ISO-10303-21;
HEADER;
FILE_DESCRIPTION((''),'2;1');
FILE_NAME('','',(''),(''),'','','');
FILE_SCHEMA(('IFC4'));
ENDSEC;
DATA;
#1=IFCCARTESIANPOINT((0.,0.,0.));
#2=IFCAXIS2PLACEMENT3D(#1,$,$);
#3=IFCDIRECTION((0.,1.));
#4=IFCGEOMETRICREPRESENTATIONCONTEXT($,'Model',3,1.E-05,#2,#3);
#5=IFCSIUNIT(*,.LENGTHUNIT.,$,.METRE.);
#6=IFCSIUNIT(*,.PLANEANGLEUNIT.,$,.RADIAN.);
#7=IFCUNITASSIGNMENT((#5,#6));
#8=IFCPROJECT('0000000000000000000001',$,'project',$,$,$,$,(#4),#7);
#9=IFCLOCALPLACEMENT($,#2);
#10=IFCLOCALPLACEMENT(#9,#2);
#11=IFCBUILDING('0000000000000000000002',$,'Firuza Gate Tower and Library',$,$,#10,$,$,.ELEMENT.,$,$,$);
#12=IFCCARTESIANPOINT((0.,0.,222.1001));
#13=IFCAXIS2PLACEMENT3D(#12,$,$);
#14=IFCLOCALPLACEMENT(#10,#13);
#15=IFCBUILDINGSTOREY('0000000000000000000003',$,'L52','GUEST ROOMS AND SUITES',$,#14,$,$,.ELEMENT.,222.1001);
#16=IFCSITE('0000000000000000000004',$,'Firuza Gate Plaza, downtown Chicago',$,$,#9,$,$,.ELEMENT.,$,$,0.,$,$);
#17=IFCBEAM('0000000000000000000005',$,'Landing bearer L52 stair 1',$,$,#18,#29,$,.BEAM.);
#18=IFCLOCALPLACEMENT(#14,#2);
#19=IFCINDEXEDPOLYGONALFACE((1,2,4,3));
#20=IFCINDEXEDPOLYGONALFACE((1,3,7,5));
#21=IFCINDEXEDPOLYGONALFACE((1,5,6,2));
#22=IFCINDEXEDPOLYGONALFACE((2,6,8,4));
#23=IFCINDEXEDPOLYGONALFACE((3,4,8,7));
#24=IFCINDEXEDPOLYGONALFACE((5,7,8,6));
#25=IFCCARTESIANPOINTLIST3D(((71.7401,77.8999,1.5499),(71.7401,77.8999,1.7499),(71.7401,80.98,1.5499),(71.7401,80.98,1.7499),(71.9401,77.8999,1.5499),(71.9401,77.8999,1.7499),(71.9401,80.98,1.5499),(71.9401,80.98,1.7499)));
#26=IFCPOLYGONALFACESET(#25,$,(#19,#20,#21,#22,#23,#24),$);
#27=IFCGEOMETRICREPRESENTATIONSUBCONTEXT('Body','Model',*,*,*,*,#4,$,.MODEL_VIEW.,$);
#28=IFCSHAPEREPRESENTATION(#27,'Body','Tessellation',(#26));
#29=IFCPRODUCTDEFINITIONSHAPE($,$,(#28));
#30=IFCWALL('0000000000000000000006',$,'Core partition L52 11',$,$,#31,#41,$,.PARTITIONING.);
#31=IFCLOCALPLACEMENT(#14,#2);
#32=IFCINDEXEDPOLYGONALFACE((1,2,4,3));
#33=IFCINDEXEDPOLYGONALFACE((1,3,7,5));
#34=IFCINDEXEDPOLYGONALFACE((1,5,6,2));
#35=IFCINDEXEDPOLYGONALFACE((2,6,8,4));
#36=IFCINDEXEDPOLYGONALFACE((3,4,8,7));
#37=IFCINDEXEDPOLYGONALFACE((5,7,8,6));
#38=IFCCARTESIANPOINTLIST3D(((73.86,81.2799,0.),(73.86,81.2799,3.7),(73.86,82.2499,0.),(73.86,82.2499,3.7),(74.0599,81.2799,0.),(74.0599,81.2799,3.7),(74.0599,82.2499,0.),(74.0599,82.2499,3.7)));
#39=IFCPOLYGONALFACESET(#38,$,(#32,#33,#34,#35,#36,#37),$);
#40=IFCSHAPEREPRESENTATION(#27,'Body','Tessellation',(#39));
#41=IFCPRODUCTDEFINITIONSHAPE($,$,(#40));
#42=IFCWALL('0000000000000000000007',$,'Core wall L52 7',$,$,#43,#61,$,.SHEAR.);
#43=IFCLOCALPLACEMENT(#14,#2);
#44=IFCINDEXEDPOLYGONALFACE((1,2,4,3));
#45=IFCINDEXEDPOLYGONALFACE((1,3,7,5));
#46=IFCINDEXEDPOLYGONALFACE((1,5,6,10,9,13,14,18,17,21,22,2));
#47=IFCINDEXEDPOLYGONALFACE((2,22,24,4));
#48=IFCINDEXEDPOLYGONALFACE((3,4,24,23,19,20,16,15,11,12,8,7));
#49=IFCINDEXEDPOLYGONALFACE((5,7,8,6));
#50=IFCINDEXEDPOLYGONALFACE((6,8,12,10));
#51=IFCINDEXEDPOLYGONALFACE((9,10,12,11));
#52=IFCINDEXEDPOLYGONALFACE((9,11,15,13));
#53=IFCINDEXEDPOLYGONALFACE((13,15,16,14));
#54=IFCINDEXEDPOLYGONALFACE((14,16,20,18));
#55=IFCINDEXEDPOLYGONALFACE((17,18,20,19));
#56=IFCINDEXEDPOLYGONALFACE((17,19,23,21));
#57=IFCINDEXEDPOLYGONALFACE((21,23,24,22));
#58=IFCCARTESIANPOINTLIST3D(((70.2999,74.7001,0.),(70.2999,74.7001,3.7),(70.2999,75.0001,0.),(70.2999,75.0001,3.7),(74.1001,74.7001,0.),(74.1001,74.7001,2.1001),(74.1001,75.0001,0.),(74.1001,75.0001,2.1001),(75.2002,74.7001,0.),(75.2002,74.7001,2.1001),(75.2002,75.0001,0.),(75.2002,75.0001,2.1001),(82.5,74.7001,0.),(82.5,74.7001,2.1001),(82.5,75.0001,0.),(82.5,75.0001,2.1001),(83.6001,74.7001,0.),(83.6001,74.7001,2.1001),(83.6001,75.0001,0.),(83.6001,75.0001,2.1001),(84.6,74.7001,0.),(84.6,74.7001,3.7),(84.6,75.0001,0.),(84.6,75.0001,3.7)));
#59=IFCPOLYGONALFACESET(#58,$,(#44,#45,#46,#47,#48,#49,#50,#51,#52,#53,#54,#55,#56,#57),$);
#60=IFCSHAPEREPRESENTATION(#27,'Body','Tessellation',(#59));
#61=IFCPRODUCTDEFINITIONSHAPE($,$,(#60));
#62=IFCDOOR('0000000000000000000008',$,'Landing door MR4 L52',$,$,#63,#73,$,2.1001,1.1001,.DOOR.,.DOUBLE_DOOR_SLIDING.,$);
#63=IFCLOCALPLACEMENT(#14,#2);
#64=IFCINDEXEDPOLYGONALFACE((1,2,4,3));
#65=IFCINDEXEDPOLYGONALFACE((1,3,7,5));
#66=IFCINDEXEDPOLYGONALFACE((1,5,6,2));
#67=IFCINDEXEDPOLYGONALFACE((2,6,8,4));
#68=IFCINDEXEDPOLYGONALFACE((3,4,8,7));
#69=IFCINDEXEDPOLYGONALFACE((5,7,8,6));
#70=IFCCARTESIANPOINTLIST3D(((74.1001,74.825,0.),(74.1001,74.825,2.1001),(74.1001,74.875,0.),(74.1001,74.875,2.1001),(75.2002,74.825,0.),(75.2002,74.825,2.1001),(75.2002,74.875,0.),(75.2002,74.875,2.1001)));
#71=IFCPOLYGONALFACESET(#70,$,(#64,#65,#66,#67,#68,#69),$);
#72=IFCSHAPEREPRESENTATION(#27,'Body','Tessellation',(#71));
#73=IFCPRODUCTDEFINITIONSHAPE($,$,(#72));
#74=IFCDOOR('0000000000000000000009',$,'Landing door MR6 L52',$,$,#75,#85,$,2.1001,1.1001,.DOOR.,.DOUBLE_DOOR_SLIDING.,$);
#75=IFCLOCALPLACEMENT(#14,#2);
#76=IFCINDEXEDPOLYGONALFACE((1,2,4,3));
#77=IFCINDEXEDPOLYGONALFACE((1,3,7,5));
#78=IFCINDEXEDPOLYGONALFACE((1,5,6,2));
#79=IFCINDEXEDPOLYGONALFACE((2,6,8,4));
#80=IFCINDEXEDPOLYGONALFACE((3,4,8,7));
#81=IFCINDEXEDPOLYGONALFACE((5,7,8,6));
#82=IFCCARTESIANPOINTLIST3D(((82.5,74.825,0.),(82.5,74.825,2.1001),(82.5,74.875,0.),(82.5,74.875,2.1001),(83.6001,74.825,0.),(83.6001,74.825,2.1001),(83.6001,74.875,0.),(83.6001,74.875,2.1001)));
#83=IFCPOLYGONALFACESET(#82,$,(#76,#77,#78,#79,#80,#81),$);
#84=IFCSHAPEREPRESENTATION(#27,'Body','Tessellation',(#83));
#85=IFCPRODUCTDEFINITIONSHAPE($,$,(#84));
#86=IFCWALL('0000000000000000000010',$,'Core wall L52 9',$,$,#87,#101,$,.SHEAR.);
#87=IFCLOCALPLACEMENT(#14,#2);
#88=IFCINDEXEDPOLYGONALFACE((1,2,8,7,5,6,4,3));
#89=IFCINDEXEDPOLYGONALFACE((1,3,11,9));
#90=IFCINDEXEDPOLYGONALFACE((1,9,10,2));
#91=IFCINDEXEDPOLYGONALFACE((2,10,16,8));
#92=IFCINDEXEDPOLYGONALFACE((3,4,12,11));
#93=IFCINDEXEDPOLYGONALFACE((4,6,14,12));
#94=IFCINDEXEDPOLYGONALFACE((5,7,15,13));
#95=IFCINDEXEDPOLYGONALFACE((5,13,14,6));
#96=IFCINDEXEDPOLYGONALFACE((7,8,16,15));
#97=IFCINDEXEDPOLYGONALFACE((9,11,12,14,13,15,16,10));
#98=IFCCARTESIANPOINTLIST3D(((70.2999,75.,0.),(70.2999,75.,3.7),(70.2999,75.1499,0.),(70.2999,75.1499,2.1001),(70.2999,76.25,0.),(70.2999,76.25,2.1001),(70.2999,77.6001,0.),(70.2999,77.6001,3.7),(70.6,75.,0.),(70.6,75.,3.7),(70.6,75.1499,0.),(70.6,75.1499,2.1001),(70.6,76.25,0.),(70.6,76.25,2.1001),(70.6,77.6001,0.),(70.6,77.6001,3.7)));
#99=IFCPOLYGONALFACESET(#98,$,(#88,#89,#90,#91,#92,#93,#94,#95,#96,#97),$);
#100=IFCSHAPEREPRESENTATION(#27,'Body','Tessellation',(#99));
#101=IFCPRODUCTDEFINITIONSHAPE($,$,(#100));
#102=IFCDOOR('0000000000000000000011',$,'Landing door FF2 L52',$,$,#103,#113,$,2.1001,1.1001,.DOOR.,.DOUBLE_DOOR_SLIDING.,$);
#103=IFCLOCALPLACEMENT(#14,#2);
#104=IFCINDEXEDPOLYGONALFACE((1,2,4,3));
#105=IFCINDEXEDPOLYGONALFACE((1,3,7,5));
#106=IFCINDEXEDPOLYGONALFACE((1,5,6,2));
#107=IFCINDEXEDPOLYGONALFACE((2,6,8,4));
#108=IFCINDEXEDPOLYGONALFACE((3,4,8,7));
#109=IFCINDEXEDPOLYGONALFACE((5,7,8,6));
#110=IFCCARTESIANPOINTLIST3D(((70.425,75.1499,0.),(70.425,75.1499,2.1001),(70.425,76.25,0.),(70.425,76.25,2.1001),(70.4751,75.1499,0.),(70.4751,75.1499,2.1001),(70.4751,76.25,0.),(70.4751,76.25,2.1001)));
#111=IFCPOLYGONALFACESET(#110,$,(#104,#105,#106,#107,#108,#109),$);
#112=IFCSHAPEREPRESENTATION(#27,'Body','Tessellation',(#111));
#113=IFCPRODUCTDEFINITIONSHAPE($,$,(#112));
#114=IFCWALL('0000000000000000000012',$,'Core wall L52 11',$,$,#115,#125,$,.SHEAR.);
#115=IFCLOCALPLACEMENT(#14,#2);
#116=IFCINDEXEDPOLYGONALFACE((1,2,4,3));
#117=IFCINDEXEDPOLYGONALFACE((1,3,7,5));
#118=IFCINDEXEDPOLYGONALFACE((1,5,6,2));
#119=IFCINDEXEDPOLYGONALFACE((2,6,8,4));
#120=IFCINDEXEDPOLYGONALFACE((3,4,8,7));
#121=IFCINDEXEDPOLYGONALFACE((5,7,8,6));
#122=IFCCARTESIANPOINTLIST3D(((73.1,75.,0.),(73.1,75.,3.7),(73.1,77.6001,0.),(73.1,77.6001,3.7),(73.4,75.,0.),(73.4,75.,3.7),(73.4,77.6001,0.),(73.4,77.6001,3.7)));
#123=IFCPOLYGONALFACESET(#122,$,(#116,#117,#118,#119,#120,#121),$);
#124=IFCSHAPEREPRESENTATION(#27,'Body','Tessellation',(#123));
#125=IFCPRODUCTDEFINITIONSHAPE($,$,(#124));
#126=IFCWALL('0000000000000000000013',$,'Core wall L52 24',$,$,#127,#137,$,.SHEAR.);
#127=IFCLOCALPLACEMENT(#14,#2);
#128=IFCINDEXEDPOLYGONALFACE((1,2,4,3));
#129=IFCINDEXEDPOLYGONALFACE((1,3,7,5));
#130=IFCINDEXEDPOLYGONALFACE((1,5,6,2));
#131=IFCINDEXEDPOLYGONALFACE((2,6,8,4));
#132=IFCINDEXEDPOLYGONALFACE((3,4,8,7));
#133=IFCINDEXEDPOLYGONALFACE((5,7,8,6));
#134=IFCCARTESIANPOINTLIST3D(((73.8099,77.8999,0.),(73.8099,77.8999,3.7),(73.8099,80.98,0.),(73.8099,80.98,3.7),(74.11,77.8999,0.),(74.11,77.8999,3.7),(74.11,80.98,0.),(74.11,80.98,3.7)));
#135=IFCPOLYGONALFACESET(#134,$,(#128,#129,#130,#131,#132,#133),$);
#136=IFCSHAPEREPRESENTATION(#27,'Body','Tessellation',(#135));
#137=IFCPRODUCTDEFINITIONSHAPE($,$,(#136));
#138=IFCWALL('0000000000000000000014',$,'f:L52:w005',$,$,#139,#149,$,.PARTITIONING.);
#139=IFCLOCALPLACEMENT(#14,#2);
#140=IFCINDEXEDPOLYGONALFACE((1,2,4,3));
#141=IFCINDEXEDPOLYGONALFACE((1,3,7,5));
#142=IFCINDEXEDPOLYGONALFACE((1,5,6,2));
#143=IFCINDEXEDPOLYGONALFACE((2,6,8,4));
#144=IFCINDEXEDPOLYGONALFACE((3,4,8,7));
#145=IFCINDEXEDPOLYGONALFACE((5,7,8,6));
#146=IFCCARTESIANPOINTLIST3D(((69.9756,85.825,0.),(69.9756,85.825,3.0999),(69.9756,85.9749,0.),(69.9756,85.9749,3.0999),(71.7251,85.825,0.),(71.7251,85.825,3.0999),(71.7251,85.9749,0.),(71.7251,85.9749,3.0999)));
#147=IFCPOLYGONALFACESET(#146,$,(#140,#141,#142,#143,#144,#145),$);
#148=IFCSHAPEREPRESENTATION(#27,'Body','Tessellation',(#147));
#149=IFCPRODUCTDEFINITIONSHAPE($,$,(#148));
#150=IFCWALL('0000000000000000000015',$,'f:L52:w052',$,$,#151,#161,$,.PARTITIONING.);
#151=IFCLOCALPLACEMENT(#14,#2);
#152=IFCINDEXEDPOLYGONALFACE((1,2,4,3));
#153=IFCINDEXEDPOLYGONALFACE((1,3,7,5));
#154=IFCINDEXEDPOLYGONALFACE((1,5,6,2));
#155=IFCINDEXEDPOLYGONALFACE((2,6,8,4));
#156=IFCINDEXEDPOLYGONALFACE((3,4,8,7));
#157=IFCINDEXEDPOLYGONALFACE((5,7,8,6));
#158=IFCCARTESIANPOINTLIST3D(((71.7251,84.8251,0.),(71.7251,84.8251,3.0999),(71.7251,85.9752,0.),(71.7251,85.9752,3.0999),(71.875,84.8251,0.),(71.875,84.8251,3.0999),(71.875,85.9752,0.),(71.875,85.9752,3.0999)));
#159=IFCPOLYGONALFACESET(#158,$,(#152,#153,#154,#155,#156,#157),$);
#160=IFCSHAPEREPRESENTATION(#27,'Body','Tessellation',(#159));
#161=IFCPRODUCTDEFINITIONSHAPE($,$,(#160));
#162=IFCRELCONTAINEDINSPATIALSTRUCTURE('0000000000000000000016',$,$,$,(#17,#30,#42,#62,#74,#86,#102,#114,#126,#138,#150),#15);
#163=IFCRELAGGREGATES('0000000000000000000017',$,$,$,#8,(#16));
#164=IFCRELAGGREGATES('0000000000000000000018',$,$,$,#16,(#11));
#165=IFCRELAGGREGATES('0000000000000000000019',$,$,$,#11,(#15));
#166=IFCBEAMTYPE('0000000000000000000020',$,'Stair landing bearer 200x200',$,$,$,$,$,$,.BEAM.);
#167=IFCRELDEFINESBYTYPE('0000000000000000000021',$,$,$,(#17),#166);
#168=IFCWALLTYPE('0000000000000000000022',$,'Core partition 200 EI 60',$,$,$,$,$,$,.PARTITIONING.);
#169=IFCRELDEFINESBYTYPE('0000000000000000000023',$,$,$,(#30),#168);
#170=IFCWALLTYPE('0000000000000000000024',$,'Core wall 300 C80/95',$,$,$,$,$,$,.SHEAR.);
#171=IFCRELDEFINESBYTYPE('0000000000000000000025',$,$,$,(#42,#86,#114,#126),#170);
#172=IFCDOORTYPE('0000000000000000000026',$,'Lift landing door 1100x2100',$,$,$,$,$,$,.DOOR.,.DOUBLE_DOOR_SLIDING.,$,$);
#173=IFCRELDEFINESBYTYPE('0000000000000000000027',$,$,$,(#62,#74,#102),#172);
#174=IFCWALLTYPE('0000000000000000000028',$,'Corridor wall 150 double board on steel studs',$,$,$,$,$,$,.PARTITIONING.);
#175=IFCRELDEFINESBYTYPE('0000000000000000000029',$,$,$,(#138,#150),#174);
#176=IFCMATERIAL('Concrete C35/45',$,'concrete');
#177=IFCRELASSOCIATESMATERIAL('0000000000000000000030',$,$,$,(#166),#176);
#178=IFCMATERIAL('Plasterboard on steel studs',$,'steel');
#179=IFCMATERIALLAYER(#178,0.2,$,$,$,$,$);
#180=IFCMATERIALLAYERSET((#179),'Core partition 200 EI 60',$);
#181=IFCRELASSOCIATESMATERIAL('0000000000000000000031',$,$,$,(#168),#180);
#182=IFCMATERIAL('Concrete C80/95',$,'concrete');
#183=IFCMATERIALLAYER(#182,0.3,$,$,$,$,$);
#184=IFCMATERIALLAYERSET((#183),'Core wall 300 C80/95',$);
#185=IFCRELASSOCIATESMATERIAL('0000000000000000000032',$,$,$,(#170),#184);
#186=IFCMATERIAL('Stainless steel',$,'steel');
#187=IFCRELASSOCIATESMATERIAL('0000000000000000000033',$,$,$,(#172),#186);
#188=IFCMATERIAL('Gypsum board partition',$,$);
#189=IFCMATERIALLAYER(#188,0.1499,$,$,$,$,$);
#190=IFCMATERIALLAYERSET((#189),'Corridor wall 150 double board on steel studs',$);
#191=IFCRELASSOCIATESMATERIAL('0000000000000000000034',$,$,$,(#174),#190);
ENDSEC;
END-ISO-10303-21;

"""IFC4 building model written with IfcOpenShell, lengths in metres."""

from ifc_helpers import new_model, si_unit, direction, frame, frame_2d, origin, origin_2d, place, context, subcontext, project, spatial, rectangle, extrude, material, layer, layer_set, material_profile, profile_set, type_object, element, fill, save


model = new_model("IFC4")

# Units and contexts
model_context = context("Model", 3, precision=1e-05, world=origin(), true_north=direction((0.0, 1.0)))
body_context = subcontext(model_context, "Body", "Model", "MODEL_VIEW")
ifc_project = project(units=[si_unit("LENGTHUNIT", "METRE"), si_unit("PLANEANGLEUNIT", "RADIAN")], contexts=[model_context])

# Site, building, storey
site_placement = place(None, origin())
site = spatial("IfcSite", under=ifc_project, at=site_placement, Name="Firuza Gate Plaza, downtown Chicago", CompositionType="ELEMENT", RefElevation=0.0)
building_placement = place(site_placement, origin())
building = spatial("IfcBuilding", under=site, at=building_placement, Name="Firuza Gate Tower and Library", CompositionType="ELEMENT")
storey_placement = place(building_placement, frame((0.0, 0.0, 222.1001)))
storey = spatial("IfcBuildingStorey", under=building, at=storey_placement, Name="L52", Description="GUEST ROOMS AND SUITES", CompositionType="ELEMENT", Elevation=222.1001)

# Beam
ifc_material_1 = material(Name="Concrete C35/45", Category="concrete")
ifc_material_profile = material_profile(ifc_material_1, rectangle(XDim=0.2, YDim=0.2, at=origin_2d()))
ifc_profile_set = profile_set([ifc_material_profile], Name="Concrete C35/45")
beam_type = type_object("IfcBeamType", Name="Stair landing bearer 200x200", PredefinedType="BEAM", material=ifc_profile_set)
beam_placement = place(storey_placement, frame((71.8401, 77.8999, 1.6499), z_axis=(0.0, 1.0, 0.0), x_axis=(-1.0, 0.0, 0.0)))
element("IfcBeam", 1, at=beam_placement, inside=storey, type_object=beam_type, Name="Landing bearer L52 stair 1", PredefinedType="BEAM", context=body_context, shape_type="SweptSolid", body=[
    extrude(rectangle(XDim=0.2, YDim=0.2, at=origin_2d()), origin(), (0.0, 0.0, 1.0), 3.0801),
])

# Wall
ifc_material_2 = material(Name="Plasterboard on steel studs", Category="steel")
ifc_layer_1 = layer(ifc_material_2, 0.2)
ifc_layer_set_1 = layer_set([ifc_layer_1], Name="Core partition 200 EI 60")
wall_type_1 = type_object("IfcWallType", Name="Core partition 200 EI 60", PredefinedType="PARTITIONING", material=ifc_layer_set_1)
wall_1_placement = place(storey_placement, frame((73.96, 81.28, 0.0), z_axis=(0.0, 0.0, 1.0), x_axis=(0.0, 1.0, 0.0)))
element("IfcWall", 2, at=wall_1_placement, inside=storey, type_object=wall_type_1, Name="Core partition L52 11", PredefinedType="PARTITIONING", context=body_context, shape_type="SweptSolid", body=[
    extrude(rectangle(XDim=0.97, YDim=0.2, at=frame_2d((0.4849, 0.0))), origin(), (0.0, 0.0, 1.0), 3.7),
])

# Wall, openings, doors
ifc_material_3 = material(Name="Concrete C80/95", Category="concrete")
ifc_layer_2 = layer(ifc_material_3, 0.3)
ifc_layer_set_2 = layer_set([ifc_layer_2], Name="Core wall 300 C80/95")
wall_type_2 = type_object("IfcWallType", Name="Core wall 300 C80/95", PredefinedType="SHEAR", material=ifc_layer_set_2)
wall_2_placement = place(storey_placement, frame((70.3, 74.8501, 0.0), z_axis=(0.0, 0.0, 1.0), x_axis=(1.0, 0.0, 0.0)))
wall_2 = element("IfcWall", 3, at=wall_2_placement, inside=storey, type_object=wall_type_2, Name="Core wall L52 7", PredefinedType="SHEAR", context=body_context, shape_type="SweptSolid", body=[
    extrude(rectangle(XDim=14.3, YDim=0.3, at=frame_2d((7.1499, 0.0))), origin(), (0.0, 0.0, 1.0), 3.7),
])
opening_1_placement = place(wall_2_placement, frame((3.8, 0.0, 0.0)))
opening_1 = element("IfcOpeningElement", 4, at=opening_1_placement, cuts=wall_2, PredefinedType="OPENING", context=body_context, shape_type="SweptSolid", body=[
    extrude(rectangle(XDim=1.1001, YDim=2.1001, at=frame_2d((0.55, 1.05))), frame((0.0, 0.1602, 0.0), z_axis=(0.0, -1.0, 0.0), x_axis=(1.0, 0.0, 0.0)), (0.0, 0.0, 1.0), 0.3201),
])
opening_2_placement = place(wall_2_placement, frame((12.2, 0.0, 0.0)))
opening_2 = element("IfcOpeningElement", 5, at=opening_2_placement, cuts=wall_2, PredefinedType="OPENING", context=body_context, shape_type="SweptSolid", body=[
    extrude(rectangle(XDim=1.1001, YDim=2.1001, at=frame_2d((0.55, 1.05))), frame((0.0, 0.1602, 0.0), z_axis=(0.0, -1.0, 0.0), x_axis=(1.0, 0.0, 0.0)), (0.0, 0.0, 1.0), 0.3201),
])
ifc_material_4 = material(Name="Stainless steel", Category="steel")
door_type_1 = type_object("IfcDoorType", Name="Lift landing door 1100x2100", OperationType="DOUBLE_DOOR_SLIDING", PredefinedType="DOOR", material=ifc_material_4)
door_1_placement = place(opening_1_placement, origin())
door_1 = element("IfcDoor", 6, at=door_1_placement, inside=storey, type_object=door_type_1, Name="Landing door MR4 L52", OperationType="DOUBLE_DOOR_SLIDING", OverallHeight=2.1001, OverallWidth=1.1001, PredefinedType="DOOR", context=body_context, shape_type="SweptSolid", body=[
    extrude(rectangle(XDim=1.1001, YDim=2.1001, at=frame_2d((0.55, 1.05))), frame((0.0, 0.0249, 0.0), z_axis=(0.0, -1.0, 0.0), x_axis=(1.0, 0.0, 0.0)), (0.0, 0.0, 1.0), 0.05),
])
fill(opening_1, door_1)
door_2_placement = place(opening_2_placement, origin())
door_2 = element("IfcDoor", 7, at=door_2_placement, inside=storey, type_object=door_type_1, Name="Landing door MR6 L52", OperationType="DOUBLE_DOOR_SLIDING", OverallHeight=2.1001, OverallWidth=1.1001, PredefinedType="DOOR", context=body_context, shape_type="SweptSolid", body=[
    extrude(rectangle(XDim=1.1001, YDim=2.1001, at=frame_2d((0.55, 1.05))), frame((0.0, 0.0249, 0.0), z_axis=(0.0, -1.0, 0.0), x_axis=(1.0, 0.0, 0.0)), (0.0, 0.0, 1.0), 0.05),
])
fill(opening_2, door_2)

# Wall, opening, door
wall_3_placement = place(storey_placement, frame((70.45, 75.0, 0.0), z_axis=(0.0, 0.0, 1.0), x_axis=(0.0, 1.0, 0.0)))
wall_3 = element("IfcWall", 8, at=wall_3_placement, inside=storey, type_object=wall_type_2, Name="Core wall L52 9", PredefinedType="SHEAR", context=body_context, shape_type="SweptSolid", body=[
    extrude(rectangle(XDim=2.6001, YDim=0.3, at=frame_2d((1.3, 0.0))), origin(), (0.0, 0.0, 1.0), 3.7),
])
opening_3_placement = place(wall_3_placement, frame((0.1499, 0.0, 0.0)))
opening_3 = element("IfcOpeningElement", 9, at=opening_3_placement, cuts=wall_3, PredefinedType="OPENING", context=body_context, shape_type="SweptSolid", body=[
    extrude(rectangle(XDim=1.1001, YDim=2.1001, at=frame_2d((0.55, 1.05))), frame((0.0, 0.1602, 0.0), z_axis=(0.0, -1.0, 0.0), x_axis=(1.0, 0.0, 0.0)), (0.0, 0.0, 1.0), 0.3201),
])
door_3_placement = place(opening_3_placement, origin())
door_3 = element("IfcDoor", 10, at=door_3_placement, inside=storey, type_object=door_type_1, Name="Landing door FF2 L52", OperationType="DOUBLE_DOOR_SLIDING", OverallHeight=2.1001, OverallWidth=1.1001, PredefinedType="DOOR", context=body_context, shape_type="SweptSolid", body=[
    extrude(rectangle(XDim=1.1001, YDim=2.1001, at=frame_2d((0.55, 1.05))), frame((0.0, 0.0249, 0.0), z_axis=(0.0, -1.0, 0.0), x_axis=(1.0, 0.0, 0.0)), (0.0, 0.0, 1.0), 0.05),
])
fill(opening_3, door_3)

# Walls
wall_4_placement = place(storey_placement, frame((73.25, 75.0, 0.0), z_axis=(0.0, 0.0, 1.0), x_axis=(0.0, 1.0, 0.0)))
element("IfcWall", 11, at=wall_4_placement, inside=storey, type_object=wall_type_2, Name="Core wall L52 11", PredefinedType="SHEAR", context=body_context, shape_type="SweptSolid", body=[
    extrude(rectangle(XDim=2.6001, YDim=0.3, at=frame_2d((1.3, 0.0))), origin(), (0.0, 0.0, 1.0), 3.7),
])
wall_5_placement = place(storey_placement, frame((73.96, 77.8999, 0.0), z_axis=(0.0, 0.0, 1.0), x_axis=(0.0, 1.0, 0.0)))
element("IfcWall", 12, at=wall_5_placement, inside=storey, type_object=wall_type_2, Name="Core wall L52 24", PredefinedType="SHEAR", context=body_context, shape_type="SweptSolid", body=[
    extrude(rectangle(XDim=3.0801, YDim=0.3, at=frame_2d((1.54, 0.0))), origin(), (0.0, 0.0, 1.0), 3.7),
])
ifc_material_5 = material(Name="Gypsum board partition")
ifc_layer_3 = layer(ifc_material_5, 0.1499)
ifc_layer_set_3 = layer_set([ifc_layer_3], Name="Corridor wall 150 double board on steel studs")
wall_type_3 = type_object("IfcWallType", Name="Corridor wall 150 double board on steel studs", PredefinedType="PARTITIONING", material=ifc_layer_set_3)
wall_6_placement = place(storey_placement, frame((69.9756, 85.8999, 0.0), z_axis=(0.0, 0.0, 1.0), x_axis=(1.0, 0.0, 0.0)))
element("IfcWall", 13, at=wall_6_placement, inside=storey, type_object=wall_type_3, Name="f:L52:w005", PredefinedType="PARTITIONING", context=body_context, shape_type="SweptSolid", body=[
    extrude(rectangle(XDim=1.7495, YDim=0.1499, at=frame_2d((0.8748, 0.0))), origin(), (0.0, 0.0, 1.0), 3.0999),
])
wall_7_placement = place(storey_placement, frame((71.8, 84.825, 0.0), z_axis=(0.0, 0.0, 1.0), x_axis=(0.0, 1.0, 0.0)))
element("IfcWall", 14, at=wall_7_placement, inside=storey, type_object=wall_type_3, Name="f:L52:w052", PredefinedType="PARTITIONING", context=body_context, shape_type="SweptSolid", body=[
    extrude(rectangle(XDim=1.1501, YDim=0.1499, at=frame_2d((0.5752, 0.0))), origin(), (0.0, 0.0, 1.0), 3.0999),
])

save(model, "model.ifc")
